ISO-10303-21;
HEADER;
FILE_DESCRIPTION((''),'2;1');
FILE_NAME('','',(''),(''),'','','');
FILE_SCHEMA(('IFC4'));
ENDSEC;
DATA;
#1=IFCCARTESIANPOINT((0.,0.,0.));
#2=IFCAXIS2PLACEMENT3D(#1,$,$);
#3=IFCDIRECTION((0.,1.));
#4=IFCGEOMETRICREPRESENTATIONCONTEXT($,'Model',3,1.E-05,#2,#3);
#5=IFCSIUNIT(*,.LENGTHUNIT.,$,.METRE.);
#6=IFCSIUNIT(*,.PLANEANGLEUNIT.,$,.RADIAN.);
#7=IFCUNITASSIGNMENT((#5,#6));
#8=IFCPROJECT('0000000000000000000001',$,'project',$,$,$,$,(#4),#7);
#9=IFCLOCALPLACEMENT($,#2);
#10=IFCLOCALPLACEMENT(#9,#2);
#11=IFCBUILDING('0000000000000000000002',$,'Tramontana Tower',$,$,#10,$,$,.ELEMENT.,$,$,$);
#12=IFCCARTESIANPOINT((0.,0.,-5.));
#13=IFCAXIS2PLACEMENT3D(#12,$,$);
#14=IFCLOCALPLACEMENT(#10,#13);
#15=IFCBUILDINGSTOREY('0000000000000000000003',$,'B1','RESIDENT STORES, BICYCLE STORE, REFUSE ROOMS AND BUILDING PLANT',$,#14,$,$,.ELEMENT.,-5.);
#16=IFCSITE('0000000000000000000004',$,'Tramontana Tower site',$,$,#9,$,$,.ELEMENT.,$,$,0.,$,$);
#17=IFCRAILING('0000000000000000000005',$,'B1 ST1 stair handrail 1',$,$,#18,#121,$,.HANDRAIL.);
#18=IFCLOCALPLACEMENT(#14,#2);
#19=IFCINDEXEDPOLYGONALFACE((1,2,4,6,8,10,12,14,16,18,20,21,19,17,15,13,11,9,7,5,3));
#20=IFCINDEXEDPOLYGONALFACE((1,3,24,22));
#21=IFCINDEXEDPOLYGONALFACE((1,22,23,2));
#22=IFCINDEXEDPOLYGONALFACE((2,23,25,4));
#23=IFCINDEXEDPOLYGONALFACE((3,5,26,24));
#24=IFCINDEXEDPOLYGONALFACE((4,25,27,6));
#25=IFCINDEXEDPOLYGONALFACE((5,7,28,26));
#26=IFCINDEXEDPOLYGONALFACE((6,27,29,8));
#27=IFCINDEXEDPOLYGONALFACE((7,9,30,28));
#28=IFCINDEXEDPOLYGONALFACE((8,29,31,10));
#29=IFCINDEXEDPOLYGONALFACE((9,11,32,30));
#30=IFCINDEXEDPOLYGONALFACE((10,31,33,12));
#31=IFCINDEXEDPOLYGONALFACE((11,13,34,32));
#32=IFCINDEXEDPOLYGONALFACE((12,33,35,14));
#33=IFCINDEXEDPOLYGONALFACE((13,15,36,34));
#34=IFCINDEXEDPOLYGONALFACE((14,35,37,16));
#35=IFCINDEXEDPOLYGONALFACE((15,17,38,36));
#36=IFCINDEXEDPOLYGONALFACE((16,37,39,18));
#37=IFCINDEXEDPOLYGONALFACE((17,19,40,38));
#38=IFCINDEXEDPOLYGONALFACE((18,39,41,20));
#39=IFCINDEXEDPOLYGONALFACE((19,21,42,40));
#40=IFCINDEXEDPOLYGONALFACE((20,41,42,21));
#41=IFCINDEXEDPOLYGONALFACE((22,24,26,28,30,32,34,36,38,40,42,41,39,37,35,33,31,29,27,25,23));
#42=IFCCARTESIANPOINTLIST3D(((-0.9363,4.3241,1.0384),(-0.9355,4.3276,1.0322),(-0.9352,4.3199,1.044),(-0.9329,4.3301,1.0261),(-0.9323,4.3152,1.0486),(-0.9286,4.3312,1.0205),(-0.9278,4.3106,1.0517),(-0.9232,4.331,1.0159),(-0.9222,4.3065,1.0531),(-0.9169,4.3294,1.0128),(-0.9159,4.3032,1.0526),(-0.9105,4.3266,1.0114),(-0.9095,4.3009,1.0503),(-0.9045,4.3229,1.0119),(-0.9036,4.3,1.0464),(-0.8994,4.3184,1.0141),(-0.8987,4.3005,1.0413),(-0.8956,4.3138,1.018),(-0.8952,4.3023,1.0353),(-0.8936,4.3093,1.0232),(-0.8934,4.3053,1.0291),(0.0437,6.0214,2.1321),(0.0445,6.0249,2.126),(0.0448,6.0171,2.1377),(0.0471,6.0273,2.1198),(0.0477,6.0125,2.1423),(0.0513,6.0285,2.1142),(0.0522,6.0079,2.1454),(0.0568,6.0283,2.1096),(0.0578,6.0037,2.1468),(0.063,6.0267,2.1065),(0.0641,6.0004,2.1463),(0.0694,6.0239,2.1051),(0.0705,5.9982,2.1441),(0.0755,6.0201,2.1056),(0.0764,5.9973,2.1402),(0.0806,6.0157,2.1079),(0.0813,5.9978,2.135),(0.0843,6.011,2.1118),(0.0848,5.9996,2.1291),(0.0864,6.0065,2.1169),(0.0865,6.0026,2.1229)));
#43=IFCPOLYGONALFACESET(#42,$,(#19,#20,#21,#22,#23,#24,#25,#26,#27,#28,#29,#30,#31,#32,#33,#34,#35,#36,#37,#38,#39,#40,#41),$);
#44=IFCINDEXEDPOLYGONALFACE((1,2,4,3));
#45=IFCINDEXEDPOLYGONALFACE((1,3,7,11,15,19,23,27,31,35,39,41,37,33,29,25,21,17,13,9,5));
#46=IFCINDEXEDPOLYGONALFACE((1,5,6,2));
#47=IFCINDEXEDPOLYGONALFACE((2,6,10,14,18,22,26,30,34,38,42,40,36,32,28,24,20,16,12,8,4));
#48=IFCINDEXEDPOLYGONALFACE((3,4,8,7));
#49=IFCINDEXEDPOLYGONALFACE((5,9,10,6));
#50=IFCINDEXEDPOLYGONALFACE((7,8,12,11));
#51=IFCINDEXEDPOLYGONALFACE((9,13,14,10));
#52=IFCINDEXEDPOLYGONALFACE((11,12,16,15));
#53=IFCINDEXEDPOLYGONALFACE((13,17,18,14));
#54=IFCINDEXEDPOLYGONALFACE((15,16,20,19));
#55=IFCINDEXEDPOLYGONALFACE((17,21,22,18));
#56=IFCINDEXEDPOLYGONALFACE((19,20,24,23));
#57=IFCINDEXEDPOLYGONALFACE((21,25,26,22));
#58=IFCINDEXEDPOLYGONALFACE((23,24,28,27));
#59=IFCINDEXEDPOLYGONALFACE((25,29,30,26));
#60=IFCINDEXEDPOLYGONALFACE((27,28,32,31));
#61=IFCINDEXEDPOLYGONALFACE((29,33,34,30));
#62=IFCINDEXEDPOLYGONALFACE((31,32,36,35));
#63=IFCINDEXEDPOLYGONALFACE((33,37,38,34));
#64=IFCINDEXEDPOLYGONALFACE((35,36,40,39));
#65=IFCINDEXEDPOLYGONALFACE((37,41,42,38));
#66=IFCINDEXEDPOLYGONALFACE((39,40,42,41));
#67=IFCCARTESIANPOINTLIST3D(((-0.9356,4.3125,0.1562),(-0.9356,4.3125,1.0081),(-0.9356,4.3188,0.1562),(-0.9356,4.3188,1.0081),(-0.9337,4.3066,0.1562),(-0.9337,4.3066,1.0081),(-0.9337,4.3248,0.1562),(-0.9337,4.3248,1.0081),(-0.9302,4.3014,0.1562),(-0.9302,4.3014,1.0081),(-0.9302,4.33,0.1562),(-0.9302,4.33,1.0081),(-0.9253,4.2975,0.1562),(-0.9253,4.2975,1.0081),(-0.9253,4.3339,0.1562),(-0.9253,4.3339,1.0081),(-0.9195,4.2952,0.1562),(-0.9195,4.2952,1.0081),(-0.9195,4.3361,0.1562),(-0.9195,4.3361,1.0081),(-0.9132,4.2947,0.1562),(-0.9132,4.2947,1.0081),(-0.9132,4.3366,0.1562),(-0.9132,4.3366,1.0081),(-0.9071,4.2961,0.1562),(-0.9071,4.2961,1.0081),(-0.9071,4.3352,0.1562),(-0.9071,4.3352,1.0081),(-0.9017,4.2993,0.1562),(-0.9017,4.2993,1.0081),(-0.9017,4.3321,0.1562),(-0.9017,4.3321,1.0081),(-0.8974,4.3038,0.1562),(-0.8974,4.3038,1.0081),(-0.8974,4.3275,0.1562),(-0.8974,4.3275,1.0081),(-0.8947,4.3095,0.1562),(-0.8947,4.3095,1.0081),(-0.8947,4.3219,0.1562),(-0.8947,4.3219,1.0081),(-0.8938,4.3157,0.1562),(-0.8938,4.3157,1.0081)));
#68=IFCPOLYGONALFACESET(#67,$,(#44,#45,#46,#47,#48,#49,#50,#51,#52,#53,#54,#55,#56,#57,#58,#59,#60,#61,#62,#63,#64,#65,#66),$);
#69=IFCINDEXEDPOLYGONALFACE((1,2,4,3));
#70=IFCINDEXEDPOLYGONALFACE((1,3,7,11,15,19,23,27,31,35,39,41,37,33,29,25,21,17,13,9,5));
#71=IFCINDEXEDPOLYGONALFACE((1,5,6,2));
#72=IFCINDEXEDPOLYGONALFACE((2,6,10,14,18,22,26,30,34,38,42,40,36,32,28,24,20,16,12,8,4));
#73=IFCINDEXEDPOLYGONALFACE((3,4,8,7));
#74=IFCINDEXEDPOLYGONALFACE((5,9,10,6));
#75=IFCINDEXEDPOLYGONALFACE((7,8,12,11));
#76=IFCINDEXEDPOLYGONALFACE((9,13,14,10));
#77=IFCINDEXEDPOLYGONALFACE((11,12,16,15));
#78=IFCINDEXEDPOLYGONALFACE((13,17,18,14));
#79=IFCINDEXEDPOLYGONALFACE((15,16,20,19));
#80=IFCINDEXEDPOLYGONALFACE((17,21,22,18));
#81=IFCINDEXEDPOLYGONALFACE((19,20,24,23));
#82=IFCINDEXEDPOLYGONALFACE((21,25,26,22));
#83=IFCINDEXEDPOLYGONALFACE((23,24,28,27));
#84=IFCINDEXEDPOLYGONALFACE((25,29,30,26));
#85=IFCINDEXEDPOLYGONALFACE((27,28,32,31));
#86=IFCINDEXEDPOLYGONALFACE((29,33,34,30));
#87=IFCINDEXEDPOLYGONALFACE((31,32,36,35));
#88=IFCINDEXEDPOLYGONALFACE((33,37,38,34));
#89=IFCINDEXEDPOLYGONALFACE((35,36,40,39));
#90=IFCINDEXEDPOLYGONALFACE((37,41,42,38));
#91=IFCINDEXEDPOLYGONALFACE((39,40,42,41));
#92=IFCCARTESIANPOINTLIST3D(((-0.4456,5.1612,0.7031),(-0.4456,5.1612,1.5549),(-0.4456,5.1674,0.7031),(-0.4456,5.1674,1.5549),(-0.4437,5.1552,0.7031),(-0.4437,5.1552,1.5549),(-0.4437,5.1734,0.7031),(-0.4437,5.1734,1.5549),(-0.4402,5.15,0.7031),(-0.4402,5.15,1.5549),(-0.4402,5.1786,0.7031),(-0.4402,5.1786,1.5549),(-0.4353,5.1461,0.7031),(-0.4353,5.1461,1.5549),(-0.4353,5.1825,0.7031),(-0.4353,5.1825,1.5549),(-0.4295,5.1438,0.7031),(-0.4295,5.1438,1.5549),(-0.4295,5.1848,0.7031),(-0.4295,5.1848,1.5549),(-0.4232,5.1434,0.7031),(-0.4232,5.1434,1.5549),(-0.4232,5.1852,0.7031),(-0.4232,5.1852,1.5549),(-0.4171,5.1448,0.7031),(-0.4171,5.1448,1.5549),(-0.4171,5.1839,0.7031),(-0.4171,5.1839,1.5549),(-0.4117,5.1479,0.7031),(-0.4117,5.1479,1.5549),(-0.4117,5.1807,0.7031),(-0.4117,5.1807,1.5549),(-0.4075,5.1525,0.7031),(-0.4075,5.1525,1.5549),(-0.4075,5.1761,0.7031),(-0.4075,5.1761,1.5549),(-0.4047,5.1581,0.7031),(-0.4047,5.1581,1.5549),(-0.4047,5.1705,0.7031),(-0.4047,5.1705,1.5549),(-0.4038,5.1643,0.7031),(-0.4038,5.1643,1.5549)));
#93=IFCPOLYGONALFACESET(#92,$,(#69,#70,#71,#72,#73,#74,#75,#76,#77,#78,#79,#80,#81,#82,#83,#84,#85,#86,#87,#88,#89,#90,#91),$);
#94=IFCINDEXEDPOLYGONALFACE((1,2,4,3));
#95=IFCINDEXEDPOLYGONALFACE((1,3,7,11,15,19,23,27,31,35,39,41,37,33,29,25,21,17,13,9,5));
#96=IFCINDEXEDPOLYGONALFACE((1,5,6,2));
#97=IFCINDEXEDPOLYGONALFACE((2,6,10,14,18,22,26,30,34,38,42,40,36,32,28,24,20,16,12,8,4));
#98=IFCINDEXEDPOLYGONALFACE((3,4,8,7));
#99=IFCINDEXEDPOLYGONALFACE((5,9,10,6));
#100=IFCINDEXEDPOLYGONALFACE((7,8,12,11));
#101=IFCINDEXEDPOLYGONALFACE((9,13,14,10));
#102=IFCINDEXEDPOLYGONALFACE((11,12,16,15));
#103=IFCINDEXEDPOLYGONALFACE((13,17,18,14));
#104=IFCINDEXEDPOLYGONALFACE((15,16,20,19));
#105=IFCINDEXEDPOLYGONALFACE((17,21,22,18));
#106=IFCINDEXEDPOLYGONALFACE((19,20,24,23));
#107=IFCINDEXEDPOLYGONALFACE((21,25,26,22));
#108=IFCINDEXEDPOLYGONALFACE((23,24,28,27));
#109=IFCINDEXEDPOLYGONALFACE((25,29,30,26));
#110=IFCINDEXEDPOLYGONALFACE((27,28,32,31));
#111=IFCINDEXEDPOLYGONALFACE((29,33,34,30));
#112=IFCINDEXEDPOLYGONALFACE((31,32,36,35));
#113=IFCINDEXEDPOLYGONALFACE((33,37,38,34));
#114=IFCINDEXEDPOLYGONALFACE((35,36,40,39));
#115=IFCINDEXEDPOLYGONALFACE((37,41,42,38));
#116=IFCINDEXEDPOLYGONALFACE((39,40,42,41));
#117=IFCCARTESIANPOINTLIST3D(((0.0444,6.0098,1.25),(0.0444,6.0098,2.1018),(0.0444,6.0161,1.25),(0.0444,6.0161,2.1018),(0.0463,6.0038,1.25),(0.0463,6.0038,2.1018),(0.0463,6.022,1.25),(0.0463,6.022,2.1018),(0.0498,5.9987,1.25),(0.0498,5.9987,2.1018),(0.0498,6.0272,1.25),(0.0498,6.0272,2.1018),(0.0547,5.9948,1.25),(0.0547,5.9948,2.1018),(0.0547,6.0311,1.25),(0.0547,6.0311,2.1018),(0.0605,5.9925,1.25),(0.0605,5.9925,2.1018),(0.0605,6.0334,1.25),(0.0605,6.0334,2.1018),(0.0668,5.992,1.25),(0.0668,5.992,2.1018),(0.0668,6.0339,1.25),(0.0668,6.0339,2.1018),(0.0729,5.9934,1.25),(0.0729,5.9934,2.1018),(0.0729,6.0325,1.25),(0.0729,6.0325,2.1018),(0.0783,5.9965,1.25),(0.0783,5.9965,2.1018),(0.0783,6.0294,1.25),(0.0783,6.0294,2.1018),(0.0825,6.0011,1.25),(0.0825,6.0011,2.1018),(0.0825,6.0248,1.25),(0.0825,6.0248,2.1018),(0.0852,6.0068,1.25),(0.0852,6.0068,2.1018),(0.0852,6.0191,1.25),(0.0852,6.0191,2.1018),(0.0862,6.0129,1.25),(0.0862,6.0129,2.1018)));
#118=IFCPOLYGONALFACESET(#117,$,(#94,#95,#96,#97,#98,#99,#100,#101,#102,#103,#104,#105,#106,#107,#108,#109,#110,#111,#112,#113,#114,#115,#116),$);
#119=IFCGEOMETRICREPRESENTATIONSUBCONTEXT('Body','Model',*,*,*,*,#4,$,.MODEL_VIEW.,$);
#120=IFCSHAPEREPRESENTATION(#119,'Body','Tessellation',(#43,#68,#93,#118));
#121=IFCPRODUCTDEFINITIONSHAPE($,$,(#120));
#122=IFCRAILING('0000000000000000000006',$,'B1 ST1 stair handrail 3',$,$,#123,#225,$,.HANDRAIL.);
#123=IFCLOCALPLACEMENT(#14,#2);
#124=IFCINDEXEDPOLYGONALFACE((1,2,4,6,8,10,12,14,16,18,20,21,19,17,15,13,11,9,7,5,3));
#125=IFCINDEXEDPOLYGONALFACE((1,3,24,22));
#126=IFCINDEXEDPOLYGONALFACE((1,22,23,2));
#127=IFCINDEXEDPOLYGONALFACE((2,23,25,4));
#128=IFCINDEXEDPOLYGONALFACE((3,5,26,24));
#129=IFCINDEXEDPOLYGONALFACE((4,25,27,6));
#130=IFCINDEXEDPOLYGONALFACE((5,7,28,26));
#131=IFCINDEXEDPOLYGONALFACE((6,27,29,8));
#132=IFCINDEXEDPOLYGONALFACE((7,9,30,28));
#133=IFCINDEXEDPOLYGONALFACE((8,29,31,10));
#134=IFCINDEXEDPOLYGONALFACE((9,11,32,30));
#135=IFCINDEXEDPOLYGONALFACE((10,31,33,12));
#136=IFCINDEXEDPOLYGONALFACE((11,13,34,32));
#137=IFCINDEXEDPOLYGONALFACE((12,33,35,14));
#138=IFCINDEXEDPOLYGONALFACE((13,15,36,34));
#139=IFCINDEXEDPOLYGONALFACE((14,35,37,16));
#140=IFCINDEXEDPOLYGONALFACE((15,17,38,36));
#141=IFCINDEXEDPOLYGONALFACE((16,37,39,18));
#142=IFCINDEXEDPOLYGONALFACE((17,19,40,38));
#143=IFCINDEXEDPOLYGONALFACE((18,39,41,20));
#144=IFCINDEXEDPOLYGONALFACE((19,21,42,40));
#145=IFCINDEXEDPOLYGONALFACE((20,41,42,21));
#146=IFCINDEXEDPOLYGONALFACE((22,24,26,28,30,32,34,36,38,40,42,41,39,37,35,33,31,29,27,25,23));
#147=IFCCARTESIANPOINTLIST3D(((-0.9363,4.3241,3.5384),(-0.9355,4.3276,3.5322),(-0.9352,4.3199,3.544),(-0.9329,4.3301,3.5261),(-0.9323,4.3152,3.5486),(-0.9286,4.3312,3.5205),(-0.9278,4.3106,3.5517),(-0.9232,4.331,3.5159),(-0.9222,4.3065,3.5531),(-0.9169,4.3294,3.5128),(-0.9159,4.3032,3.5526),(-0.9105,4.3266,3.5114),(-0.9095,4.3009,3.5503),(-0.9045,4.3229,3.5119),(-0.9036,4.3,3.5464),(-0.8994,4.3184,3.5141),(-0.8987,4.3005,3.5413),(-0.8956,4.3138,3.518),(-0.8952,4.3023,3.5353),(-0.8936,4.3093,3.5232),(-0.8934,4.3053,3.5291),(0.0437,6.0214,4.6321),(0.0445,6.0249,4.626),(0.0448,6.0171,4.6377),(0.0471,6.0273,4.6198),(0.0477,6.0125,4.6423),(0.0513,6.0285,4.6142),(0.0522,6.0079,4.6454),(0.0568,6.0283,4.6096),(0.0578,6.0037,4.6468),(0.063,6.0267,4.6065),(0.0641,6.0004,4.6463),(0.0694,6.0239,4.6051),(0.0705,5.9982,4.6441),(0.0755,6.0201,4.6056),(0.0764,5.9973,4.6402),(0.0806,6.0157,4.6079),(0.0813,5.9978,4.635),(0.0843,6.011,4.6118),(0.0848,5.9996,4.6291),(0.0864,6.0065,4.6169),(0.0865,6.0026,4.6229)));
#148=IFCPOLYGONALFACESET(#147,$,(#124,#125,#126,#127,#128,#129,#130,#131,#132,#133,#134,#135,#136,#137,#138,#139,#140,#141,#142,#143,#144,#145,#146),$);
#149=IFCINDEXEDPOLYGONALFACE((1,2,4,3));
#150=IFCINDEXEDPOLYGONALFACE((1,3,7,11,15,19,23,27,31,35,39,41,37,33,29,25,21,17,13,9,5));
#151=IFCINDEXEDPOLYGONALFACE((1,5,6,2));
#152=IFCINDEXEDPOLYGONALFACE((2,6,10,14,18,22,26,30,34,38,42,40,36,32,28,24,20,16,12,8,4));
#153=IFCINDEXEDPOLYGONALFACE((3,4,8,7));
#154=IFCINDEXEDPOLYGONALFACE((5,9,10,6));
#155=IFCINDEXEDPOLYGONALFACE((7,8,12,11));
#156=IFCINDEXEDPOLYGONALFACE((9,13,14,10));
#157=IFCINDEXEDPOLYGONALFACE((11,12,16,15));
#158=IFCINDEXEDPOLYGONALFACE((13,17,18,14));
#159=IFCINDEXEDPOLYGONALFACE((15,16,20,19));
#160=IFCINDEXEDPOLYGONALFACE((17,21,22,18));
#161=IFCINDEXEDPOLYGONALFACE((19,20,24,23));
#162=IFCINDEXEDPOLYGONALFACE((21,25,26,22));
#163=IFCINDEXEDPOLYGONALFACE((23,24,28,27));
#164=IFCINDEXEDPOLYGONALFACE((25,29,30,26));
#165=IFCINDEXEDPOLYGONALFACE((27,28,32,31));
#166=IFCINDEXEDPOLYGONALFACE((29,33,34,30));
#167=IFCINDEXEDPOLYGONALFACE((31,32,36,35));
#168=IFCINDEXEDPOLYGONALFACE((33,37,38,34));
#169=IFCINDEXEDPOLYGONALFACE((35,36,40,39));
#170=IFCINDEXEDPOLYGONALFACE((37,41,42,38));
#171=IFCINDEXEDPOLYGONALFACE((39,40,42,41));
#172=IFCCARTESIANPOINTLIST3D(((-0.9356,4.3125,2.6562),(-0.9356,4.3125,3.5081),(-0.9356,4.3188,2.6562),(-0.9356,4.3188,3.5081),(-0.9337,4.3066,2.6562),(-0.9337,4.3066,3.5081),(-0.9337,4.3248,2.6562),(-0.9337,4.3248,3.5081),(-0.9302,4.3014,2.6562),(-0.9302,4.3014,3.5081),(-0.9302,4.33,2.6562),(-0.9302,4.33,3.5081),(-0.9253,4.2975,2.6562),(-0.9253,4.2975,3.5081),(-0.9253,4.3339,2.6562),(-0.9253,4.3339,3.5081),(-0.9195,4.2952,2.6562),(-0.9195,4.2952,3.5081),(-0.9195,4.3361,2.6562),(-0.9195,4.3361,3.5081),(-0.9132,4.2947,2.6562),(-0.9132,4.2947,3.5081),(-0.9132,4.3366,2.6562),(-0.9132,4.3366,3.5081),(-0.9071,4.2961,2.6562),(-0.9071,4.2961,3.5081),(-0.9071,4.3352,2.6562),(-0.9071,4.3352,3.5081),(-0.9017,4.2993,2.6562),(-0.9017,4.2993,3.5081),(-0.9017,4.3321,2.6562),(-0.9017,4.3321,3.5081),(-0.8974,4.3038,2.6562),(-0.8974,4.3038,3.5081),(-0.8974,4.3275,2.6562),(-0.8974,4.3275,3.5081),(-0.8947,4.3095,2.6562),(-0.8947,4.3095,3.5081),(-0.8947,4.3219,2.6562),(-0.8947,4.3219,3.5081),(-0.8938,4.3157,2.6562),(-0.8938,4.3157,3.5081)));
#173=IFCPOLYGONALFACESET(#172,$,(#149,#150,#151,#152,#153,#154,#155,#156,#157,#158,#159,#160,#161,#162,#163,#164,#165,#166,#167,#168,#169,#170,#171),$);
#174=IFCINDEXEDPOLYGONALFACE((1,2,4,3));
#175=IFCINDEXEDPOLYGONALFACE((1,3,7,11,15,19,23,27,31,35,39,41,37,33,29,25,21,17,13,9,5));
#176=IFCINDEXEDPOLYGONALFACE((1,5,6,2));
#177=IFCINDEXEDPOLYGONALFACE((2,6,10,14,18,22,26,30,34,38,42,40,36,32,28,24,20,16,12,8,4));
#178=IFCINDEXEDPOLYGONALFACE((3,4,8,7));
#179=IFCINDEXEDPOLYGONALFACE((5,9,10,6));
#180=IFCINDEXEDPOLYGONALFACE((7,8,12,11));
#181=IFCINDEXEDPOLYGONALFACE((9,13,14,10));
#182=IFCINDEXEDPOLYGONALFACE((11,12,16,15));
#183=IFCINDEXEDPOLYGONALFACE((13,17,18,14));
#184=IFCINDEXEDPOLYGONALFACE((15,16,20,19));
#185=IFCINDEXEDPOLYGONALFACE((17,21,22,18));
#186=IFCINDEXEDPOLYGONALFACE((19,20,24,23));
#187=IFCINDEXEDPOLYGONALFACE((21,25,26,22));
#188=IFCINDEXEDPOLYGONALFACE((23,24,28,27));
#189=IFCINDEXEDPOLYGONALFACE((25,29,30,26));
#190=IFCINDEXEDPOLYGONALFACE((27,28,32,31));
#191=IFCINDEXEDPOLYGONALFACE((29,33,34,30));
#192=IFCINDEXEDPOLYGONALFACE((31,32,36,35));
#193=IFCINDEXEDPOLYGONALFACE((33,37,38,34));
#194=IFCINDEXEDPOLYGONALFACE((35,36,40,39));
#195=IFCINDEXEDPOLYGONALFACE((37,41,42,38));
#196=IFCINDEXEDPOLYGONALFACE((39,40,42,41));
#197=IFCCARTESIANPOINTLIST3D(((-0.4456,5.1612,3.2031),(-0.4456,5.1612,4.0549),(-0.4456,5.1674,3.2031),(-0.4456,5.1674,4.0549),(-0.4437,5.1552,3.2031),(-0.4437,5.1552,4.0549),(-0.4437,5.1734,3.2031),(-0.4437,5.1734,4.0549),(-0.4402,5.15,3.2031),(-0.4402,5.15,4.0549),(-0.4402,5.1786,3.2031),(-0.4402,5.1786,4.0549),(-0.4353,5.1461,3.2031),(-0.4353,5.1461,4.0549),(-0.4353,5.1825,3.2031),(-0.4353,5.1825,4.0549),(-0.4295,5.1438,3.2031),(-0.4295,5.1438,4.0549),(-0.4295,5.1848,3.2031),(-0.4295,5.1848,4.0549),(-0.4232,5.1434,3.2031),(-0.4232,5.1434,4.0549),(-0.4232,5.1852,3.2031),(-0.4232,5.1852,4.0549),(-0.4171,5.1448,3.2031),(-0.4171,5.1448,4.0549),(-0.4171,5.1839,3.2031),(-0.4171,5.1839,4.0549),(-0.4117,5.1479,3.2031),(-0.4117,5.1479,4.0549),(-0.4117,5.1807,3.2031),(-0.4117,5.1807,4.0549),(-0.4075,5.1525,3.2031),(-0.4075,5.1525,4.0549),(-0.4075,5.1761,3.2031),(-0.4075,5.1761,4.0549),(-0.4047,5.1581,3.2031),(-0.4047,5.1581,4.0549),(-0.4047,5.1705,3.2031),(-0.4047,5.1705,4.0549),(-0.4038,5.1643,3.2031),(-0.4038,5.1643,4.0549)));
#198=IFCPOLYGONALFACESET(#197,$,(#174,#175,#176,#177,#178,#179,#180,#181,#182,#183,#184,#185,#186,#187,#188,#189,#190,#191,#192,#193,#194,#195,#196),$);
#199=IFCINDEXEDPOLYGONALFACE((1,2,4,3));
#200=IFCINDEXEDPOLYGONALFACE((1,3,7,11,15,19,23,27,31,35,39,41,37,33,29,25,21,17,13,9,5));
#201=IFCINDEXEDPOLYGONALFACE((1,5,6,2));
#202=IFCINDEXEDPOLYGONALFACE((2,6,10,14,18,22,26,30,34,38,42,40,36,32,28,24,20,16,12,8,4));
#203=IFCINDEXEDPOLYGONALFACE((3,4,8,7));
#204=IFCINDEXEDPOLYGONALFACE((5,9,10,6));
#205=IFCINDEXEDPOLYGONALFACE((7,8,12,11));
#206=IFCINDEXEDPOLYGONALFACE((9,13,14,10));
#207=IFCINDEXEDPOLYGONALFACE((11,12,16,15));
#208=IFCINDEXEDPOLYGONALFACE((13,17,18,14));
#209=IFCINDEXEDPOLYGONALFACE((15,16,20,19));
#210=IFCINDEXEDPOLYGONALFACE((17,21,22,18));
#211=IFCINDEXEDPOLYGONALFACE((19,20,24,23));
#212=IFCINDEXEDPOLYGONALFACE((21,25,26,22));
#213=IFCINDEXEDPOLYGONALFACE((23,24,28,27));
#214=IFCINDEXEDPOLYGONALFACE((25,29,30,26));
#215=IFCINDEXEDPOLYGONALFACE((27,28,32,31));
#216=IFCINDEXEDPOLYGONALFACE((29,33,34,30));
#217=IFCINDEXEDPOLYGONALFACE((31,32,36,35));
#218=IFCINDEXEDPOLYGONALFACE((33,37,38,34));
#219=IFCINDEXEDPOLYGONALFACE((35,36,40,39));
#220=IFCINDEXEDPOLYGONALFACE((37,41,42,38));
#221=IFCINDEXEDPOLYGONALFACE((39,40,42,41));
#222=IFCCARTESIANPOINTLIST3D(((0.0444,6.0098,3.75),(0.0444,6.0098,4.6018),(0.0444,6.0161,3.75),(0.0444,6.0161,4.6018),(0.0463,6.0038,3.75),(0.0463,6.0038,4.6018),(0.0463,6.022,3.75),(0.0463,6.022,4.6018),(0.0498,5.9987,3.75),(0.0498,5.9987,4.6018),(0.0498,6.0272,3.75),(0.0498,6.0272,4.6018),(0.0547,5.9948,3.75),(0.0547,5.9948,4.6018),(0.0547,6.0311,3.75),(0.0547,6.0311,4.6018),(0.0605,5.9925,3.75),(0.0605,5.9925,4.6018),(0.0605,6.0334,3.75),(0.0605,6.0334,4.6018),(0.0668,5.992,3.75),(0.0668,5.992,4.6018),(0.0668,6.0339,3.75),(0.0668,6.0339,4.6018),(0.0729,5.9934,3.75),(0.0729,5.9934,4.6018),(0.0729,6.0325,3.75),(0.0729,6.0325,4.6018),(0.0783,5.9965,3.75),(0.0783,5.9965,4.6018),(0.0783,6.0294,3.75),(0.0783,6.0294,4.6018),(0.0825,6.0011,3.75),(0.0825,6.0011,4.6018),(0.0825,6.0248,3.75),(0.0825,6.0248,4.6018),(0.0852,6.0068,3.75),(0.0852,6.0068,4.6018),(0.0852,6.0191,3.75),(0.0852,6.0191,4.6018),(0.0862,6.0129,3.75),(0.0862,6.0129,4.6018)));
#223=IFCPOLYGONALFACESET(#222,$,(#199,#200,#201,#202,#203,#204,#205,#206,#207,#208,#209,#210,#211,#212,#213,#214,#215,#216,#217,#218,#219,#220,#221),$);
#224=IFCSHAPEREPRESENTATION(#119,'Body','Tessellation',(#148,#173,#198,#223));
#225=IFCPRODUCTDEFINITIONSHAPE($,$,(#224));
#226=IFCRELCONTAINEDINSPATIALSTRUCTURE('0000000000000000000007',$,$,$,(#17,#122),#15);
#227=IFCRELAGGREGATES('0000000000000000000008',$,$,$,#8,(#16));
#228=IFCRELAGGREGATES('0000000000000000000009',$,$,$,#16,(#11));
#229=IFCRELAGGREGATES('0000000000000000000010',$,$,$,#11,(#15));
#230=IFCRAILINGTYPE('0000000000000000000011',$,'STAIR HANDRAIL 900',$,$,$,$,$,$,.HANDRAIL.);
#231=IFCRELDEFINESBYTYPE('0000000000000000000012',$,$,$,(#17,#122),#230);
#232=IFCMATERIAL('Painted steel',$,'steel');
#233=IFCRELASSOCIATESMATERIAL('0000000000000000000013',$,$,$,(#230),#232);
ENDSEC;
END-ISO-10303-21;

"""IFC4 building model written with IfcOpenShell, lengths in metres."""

from ifc_helpers import new_model, si_unit, direction, frame, origin, origin_2d, place, context, subcontext, project, spatial, circle, extrude, material, type_object, element, save


model = new_model("IFC4")

# Units and contexts
model_context = context("Model", 3, precision=1e-05, world=origin(), true_north=direction((0.0, 1.0)))
body_context = subcontext(model_context, "Body", "Model", "MODEL_VIEW")
ifc_project = project(units=[si_unit("LENGTHUNIT", "METRE"), si_unit("PLANEANGLEUNIT", "RADIAN")], contexts=[model_context])

# Site, building, storey
site_placement = place(None, origin())
site = spatial("IfcSite", under=ifc_project, at=site_placement, Name="Tramontana Tower site", CompositionType="ELEMENT", RefElevation=0.0)
building_placement = place(site_placement, origin())
building = spatial("IfcBuilding", under=site, at=building_placement, Name="Tramontana Tower", CompositionType="ELEMENT")
storey_placement = place(building_placement, frame((0.0, 0.0, -5.0)))
storey = spatial("IfcBuildingStorey", under=building, at=storey_placement, Name="B1", Description="RESIDENT STORES, BICYCLE STORE, REFUSE ROOMS AND BUILDING PLANT", CompositionType="ELEMENT", Elevation=-5.0)

# Railings
ifc_material_1 = material(Name="Painted steel", Category="steel")
railing_type_1 = type_object("IfcRailingType", Name="STAIR HANDRAIL 900", PredefinedType="HANDRAIL", material=ifc_material_1)
for number, where, name in (
    (1, (-0.9148, 4.3157, 0.1562), "B1 ST1 stair handrail 1"),
    (2, (-0.9148, 4.3157, 2.6562), "B1 ST1 stair handrail 3"),
):
    element("IfcRailing", number, at=place(storey_placement, frame(where)), inside=storey, type_object=railing_type_1, Name=name, PredefinedType="HANDRAIL", context=body_context, shape_type="SweptSolid", body=[
        extrude(circle(Radius=0.0239, at=origin_2d()), frame((0.0, 0.0, 0.876), z_axis=(0.436632, 0.75622, 0.487323), x_axis=(-0.866011, 0.500024, 0.0)), (0.0, 0.0, 1.0), 2.2444),
        extrude(circle(Radius=0.021, at=origin_2d()), origin(), (0.0, 0.0, 1.0), 0.8518),
        extrude(circle(Radius=0.021, at=origin_2d()), frame((0.49, 0.8486, 0.5469)), (0.0, 0.0, 1.0), 0.8518),
        extrude(circle(Radius=0.021, at=origin_2d()), frame((0.98, 1.6973, 1.0938)), (0.0, 0.0, 1.0), 0.8518),
    ])

save(model, "model.ifc")
